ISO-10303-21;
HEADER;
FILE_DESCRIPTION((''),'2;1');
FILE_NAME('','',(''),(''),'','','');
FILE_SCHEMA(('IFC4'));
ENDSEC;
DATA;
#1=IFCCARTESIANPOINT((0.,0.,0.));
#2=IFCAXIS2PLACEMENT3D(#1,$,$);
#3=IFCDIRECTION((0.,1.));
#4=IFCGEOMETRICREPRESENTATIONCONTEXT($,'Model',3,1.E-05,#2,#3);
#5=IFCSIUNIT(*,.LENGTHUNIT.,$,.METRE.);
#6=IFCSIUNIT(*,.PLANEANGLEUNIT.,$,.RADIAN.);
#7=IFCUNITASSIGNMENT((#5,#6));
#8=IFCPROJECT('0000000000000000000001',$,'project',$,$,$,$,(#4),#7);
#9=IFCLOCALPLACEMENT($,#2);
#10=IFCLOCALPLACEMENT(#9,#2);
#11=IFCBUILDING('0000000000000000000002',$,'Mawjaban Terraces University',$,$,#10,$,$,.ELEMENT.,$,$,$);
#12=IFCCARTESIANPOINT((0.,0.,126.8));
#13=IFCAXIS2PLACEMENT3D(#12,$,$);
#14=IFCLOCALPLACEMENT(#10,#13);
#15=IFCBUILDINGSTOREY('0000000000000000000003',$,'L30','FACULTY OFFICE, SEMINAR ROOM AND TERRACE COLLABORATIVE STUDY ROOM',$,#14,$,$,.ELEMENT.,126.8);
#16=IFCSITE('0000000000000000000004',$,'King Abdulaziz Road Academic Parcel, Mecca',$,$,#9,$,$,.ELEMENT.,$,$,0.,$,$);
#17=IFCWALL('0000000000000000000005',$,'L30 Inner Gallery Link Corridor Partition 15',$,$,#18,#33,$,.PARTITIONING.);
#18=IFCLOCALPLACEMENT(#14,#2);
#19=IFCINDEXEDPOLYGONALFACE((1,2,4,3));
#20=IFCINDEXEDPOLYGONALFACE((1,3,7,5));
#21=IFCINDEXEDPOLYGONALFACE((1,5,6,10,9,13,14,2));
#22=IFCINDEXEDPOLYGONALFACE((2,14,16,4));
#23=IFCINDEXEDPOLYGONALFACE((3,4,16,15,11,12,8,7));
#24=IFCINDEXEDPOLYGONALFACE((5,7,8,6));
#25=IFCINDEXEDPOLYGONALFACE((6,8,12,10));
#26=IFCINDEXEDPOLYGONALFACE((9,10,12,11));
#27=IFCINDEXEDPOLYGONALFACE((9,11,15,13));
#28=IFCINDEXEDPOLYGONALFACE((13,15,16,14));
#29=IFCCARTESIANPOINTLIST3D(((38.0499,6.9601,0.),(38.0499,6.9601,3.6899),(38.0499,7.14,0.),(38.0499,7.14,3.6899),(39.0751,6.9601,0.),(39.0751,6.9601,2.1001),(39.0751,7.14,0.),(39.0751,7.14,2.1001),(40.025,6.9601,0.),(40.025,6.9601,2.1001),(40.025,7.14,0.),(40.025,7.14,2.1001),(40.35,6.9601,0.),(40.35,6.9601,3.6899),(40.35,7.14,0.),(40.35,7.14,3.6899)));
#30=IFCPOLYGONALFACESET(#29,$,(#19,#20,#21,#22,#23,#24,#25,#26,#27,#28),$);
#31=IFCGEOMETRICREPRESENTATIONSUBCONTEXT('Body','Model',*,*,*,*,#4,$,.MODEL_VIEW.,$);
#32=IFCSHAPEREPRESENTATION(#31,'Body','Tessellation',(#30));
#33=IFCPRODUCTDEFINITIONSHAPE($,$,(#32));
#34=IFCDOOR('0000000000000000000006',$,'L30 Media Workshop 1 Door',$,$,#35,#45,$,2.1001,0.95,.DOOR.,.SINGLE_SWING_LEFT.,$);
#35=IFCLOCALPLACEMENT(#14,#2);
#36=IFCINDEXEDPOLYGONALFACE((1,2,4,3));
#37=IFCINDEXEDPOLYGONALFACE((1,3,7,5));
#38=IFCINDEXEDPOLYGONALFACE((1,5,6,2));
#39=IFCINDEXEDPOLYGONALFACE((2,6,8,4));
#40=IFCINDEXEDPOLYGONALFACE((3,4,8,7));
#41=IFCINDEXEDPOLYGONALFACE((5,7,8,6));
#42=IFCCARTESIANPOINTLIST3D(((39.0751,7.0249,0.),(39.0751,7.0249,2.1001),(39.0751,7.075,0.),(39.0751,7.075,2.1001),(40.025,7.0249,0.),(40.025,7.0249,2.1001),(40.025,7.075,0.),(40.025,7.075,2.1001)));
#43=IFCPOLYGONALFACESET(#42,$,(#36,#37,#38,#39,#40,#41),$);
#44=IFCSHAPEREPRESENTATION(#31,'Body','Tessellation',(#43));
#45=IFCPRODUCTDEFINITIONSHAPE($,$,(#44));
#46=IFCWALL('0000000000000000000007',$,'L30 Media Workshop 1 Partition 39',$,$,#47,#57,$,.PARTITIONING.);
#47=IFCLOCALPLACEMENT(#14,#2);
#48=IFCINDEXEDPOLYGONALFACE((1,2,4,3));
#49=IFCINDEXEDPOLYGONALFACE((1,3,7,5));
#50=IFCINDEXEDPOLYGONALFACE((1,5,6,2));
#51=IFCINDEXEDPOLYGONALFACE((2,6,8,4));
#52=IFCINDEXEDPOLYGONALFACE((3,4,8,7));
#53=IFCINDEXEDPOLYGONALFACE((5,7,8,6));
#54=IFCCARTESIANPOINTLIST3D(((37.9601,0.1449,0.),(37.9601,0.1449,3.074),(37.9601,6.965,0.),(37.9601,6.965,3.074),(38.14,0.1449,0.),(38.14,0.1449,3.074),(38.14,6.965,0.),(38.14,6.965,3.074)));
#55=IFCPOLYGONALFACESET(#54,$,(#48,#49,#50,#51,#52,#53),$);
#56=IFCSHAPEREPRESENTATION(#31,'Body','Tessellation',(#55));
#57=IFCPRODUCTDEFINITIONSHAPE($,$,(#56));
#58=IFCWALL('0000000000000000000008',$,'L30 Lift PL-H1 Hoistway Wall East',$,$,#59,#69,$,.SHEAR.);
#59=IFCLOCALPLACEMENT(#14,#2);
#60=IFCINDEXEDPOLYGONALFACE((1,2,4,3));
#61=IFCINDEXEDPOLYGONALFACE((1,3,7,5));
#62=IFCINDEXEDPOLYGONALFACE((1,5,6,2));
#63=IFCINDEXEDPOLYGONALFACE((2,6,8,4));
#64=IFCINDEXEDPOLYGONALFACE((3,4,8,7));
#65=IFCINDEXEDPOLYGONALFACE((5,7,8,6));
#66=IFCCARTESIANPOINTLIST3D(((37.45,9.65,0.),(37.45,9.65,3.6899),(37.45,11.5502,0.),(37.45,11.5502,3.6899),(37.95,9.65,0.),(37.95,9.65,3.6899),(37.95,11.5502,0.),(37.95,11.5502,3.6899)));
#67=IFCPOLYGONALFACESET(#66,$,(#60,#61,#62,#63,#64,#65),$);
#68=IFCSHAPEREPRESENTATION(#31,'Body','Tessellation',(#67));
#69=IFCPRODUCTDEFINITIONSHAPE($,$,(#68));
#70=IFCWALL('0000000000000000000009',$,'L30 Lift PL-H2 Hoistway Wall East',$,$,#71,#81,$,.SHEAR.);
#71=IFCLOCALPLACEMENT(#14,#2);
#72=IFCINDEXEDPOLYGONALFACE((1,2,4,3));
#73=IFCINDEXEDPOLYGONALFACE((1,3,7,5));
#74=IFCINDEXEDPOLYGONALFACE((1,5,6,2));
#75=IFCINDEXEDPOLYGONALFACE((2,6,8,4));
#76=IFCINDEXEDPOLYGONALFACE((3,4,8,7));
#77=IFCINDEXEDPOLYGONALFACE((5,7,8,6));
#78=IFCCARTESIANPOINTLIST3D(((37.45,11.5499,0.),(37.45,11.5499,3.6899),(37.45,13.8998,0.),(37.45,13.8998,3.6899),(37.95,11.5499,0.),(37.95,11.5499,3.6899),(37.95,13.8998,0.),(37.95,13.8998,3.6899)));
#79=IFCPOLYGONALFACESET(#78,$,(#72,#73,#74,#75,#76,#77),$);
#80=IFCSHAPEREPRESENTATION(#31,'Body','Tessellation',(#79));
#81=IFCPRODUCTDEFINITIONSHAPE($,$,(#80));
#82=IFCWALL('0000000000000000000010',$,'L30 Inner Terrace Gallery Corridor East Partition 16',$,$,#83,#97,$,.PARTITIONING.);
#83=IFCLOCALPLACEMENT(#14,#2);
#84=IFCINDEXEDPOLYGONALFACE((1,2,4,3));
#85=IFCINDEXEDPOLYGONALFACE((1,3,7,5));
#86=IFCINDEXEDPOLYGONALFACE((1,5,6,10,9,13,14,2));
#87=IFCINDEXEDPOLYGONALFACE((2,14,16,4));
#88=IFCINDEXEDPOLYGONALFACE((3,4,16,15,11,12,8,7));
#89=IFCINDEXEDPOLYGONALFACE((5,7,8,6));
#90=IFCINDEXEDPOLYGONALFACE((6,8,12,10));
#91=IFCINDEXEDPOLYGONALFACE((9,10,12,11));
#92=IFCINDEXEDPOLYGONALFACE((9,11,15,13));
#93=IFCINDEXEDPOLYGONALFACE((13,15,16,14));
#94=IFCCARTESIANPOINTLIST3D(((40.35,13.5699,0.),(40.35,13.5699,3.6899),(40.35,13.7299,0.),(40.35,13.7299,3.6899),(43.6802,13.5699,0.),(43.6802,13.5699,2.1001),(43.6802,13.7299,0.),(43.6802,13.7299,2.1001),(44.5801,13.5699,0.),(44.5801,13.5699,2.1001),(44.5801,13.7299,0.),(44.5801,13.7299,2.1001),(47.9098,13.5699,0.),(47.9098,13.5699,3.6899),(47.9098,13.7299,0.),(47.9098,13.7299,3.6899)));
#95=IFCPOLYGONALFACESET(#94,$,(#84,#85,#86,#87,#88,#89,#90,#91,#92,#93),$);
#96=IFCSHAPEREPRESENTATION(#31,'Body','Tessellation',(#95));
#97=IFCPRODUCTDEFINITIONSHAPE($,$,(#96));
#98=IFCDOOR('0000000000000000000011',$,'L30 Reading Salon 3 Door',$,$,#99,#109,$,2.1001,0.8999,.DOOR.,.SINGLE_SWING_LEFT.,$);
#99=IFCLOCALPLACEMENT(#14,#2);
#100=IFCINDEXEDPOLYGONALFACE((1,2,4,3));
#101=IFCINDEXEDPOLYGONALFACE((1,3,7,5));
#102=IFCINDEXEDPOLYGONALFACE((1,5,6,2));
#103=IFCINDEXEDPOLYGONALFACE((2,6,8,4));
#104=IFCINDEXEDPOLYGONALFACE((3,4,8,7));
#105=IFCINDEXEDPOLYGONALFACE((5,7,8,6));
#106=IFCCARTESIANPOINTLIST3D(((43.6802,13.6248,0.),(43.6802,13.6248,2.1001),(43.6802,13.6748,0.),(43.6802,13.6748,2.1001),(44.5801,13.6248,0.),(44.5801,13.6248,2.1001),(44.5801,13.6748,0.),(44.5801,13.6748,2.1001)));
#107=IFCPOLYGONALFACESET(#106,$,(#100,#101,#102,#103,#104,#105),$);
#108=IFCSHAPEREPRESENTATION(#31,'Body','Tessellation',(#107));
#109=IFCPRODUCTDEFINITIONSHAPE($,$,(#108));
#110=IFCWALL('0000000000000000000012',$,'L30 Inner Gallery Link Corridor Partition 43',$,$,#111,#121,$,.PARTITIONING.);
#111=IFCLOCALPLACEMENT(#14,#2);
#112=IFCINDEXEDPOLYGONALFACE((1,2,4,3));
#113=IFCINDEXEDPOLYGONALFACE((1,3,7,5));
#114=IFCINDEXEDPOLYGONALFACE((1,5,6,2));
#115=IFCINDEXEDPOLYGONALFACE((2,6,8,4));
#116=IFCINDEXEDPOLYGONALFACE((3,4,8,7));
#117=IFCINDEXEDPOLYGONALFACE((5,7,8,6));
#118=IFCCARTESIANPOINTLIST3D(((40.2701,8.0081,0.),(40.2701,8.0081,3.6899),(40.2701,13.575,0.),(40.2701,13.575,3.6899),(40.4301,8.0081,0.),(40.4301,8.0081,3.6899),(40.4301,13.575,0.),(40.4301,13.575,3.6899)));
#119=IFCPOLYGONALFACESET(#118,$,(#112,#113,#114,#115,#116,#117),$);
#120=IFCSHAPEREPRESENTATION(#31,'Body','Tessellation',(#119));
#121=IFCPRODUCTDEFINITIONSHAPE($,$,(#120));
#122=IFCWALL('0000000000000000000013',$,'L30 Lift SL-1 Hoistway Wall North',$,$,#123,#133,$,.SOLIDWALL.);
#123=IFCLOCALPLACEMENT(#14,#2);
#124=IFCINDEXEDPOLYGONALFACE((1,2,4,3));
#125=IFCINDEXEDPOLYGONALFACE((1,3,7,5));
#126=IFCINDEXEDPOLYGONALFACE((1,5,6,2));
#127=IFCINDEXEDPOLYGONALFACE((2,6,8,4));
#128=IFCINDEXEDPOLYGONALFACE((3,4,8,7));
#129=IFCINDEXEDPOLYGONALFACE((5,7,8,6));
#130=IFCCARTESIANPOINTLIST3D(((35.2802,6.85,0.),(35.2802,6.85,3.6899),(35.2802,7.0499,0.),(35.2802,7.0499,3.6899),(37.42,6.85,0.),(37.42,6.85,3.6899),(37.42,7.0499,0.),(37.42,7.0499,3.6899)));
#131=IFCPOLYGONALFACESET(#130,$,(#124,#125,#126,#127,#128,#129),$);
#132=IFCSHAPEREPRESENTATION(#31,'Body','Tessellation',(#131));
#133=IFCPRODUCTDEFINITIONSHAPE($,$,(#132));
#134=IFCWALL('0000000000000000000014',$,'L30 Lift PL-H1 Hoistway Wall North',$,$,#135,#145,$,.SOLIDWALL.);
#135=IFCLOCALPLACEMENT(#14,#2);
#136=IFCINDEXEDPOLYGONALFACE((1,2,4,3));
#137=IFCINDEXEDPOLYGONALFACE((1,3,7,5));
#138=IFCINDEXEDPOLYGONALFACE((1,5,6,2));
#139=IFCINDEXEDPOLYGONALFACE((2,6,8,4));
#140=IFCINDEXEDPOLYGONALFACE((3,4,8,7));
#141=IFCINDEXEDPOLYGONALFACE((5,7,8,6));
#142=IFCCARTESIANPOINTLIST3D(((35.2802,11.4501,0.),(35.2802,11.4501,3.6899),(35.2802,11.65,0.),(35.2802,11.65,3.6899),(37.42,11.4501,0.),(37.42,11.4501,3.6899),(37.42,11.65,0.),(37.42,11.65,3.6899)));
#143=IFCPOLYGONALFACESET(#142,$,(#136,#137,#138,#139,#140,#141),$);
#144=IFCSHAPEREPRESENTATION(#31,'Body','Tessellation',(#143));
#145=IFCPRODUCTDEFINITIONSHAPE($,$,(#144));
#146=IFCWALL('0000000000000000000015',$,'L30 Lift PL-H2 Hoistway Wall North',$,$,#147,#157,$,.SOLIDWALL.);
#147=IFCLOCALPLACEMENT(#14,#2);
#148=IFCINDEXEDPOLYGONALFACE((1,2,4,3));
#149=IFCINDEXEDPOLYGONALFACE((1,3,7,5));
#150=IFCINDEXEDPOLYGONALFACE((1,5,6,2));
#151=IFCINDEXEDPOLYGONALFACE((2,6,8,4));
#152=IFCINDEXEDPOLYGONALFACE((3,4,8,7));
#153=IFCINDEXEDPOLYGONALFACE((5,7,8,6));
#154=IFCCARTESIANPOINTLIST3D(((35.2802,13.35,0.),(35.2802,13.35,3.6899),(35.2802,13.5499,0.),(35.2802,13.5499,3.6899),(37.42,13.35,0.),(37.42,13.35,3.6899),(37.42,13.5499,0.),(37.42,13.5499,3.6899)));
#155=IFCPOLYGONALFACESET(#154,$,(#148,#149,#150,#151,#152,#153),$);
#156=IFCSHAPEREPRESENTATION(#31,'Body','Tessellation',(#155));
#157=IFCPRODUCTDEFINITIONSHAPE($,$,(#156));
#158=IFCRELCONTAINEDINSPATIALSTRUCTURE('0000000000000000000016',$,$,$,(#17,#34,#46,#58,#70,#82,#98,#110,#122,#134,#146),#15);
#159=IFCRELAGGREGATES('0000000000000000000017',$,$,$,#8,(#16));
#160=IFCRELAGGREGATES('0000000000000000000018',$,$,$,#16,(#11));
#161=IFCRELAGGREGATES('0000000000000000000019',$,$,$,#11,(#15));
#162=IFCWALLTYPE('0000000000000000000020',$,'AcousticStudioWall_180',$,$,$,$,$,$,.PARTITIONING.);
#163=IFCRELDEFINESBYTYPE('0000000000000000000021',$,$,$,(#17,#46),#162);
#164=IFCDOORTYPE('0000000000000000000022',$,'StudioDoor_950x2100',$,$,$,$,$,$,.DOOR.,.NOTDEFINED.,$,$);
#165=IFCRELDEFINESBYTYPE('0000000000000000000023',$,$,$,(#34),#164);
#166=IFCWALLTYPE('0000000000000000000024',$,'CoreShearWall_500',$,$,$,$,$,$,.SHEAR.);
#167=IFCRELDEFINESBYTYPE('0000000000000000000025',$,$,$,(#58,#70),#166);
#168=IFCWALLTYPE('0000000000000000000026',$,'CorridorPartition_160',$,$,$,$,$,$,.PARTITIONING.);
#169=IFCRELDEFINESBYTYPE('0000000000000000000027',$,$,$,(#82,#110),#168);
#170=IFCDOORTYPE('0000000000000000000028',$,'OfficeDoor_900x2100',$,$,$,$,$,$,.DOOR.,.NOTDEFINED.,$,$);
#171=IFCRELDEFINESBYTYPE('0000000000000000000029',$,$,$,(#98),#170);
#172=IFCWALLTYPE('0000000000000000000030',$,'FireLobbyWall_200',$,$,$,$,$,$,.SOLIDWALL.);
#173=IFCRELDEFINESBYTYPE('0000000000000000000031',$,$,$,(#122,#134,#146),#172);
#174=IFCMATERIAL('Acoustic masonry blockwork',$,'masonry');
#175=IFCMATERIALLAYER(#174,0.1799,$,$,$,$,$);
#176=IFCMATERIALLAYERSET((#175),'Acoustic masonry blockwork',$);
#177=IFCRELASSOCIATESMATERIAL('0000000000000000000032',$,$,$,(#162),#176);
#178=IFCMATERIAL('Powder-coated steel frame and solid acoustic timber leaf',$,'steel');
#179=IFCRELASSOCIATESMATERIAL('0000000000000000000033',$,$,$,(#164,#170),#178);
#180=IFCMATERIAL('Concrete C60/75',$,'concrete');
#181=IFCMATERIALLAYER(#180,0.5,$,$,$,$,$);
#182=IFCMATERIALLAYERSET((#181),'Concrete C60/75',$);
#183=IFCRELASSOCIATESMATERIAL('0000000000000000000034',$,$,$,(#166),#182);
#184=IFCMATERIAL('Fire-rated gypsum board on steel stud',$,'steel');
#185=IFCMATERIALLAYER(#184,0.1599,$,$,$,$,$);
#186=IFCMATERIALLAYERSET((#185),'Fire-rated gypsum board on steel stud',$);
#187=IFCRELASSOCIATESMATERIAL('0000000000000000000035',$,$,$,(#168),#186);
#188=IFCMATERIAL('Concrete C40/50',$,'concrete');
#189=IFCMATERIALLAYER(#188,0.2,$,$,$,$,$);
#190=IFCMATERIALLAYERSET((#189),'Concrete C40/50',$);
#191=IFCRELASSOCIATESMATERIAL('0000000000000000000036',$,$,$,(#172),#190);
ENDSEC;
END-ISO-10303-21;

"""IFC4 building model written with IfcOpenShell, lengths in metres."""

from ifc_helpers import new_model, si_unit, direction, frame, frame_2d, origin, place, context, subcontext, project, spatial, rectangle, extrude, material, layer, layer_set, type_object, element, fill, save


model = new_model("IFC4")

# Units and contexts
model_context = context("Model", 3, precision=1e-05, world=origin(), true_north=direction((0.0, 1.0)))
body_context = subcontext(model_context, "Body", "Model", "MODEL_VIEW")
ifc_project = project(units=[si_unit("LENGTHUNIT", "METRE"), si_unit("PLANEANGLEUNIT", "RADIAN")], contexts=[model_context])

# Site, building, storey
site_placement = place(None, origin())
site = spatial("IfcSite", under=ifc_project, at=site_placement, Name="King Abdulaziz Road Academic Parcel, Mecca", CompositionType="ELEMENT", RefElevation=0.0)
building_placement = place(site_placement, origin())
building = spatial("IfcBuilding", under=site, at=building_placement, Name="Mawjaban Terraces University", CompositionType="ELEMENT")
storey_placement = place(building_placement, frame((0.0, 0.0, 126.8)))
storey = spatial("IfcBuildingStorey", under=building, at=storey_placement, Name="L30", Description="FACULTY OFFICE, SEMINAR ROOM AND TERRACE COLLABORATIVE STUDY ROOM", CompositionType="ELEMENT", Elevation=126.8)

# Shared definitions
ifc_material_1 = material(Name="Concrete C60/75", Category="concrete")

# Wall, opening, door
ifc_material_2 = material(Name="Acoustic masonry blockwork", Category="masonry")
ifc_layer_1 = layer(ifc_material_2, 0.1799)
ifc_layer_set_1 = layer_set([ifc_layer_1], Name="Acoustic masonry blockwork")
wall_type_1 = type_object("IfcWallType", Name="AcousticStudioWall_180", PredefinedType="PARTITIONING", material=ifc_layer_set_1)
wall_1_placement = place(storey_placement, frame((38.05, 7.05, 0.0), z_axis=(0.0, 0.0, 1.0), x_axis=(1.0, 0.0, 0.0)))
wall_1 = element("IfcWall", 1, at=wall_1_placement, inside=storey, type_object=wall_type_1, Name="L30 Inner Gallery Link Corridor Partition 15", PredefinedType="PARTITIONING", context=body_context, shape_type="SweptSolid", body=[
    extrude(rectangle(XDim=2.3, YDim=0.1799, at=frame_2d((1.1499, 0.0))), origin(), (0.0, 0.0, 1.0), 3.6899),
])
opening_1_placement = place(wall_1_placement, frame((1.0249, 0.0, 0.0)))
opening_1 = element("IfcOpeningElement", 2, at=opening_1_placement, cuts=wall_1, PredefinedType="OPENING", context=body_context, shape_type="SweptSolid", body=[
    extrude(rectangle(XDim=0.95, YDim=2.1001, at=frame_2d((0.4751, 1.05))), frame((0.0, 0.0999, 0.0), z_axis=(0.0, -1.0, 0.0), x_axis=(1.0, 0.0, 0.0)), (0.0, 0.0, 1.0), 0.2),
])
ifc_material_3 = material(Name="Powder-coated steel frame and solid acoustic timber leaf", Category="steel")
door_type_1 = type_object("IfcDoorType", Name="StudioDoor_950x2100", OperationType="NOTDEFINED", PredefinedType="DOOR", material=ifc_material_3)
door_1_placement = place(opening_1_placement, origin())
door_1 = element("IfcDoor", 3, at=door_1_placement, inside=storey, type_object=door_type_1, Name="L30 Media Workshop 1 Door", OperationType="SINGLE_SWING_LEFT", OverallHeight=2.1001, OverallWidth=0.95, PredefinedType="DOOR", context=body_context, shape_type="SweptSolid", body=[
    extrude(rectangle(XDim=0.95, YDim=2.1001, at=frame_2d((0.4751, 1.05))), frame((0.0, 0.0249, 0.0), z_axis=(0.0, -1.0, 0.0), x_axis=(1.0, 0.0, 0.0)), (0.0, 0.0, 1.0), 0.05),
])
fill(opening_1, door_1)

# Walls
wall_2_placement = place(storey_placement, frame((38.05, 6.9651, 0.0), z_axis=(0.0, 0.0, 1.0), x_axis=(0.0, -1.0, 0.0)))
element("IfcWall", 4, at=wall_2_placement, inside=storey, type_object=wall_type_1, Name="L30 Media Workshop 1 Partition 39", PredefinedType="PARTITIONING", context=body_context, shape_type="SweptSolid", body=[
    extrude(rectangle(XDim=6.8201, YDim=0.1799, at=frame_2d((3.4102, 0.0))), origin(), (0.0, 0.0, 1.0), 3.074),
])
ifc_layer_2 = layer(ifc_material_1, 0.5)
ifc_layer_set_2 = layer_set([ifc_layer_2], Name="Concrete C60/75")
wall_type_2 = type_object("IfcWallType", Name="CoreShearWall_500", PredefinedType="SHEAR", material=ifc_layer_set_2)
wall_3_placement = place(storey_placement, frame((37.7, 9.6499, 0.0), z_axis=(0.0, 0.0, 1.0), x_axis=(0.0, 1.0, 0.0)))
element("IfcWall", 5, at=wall_3_placement, inside=storey, type_object=wall_type_2, Name="L30 Lift PL-H1 Hoistway Wall East", PredefinedType="SHEAR", context=body_context, shape_type="SweptSolid", body=[
    extrude(rectangle(XDim=1.9001, YDim=0.5, at=frame_2d((0.9502, 0.0))), origin(), (0.0, 0.0, 1.0), 3.6899),
])
wall_4_placement = place(storey_placement, frame((37.7, 11.55, 0.0), z_axis=(0.0, 0.0, 1.0), x_axis=(0.0, 1.0, 0.0)))
element("IfcWall", 6, at=wall_4_placement, inside=storey, type_object=wall_type_2, Name="L30 Lift PL-H2 Hoistway Wall East", PredefinedType="SHEAR", context=body_context, shape_type="SweptSolid", body=[
    extrude(rectangle(XDim=2.3499, YDim=0.5, at=frame_2d((1.1748, 0.0))), origin(), (0.0, 0.0, 1.0), 3.6899),
])

# Wall, opening, door
ifc_material_4 = material(Name="Fire-rated gypsum board on steel stud", Category="steel")
ifc_layer_3 = layer(ifc_material_4, 0.1599)
ifc_layer_set_3 = layer_set([ifc_layer_3], Name="Fire-rated gypsum board on steel stud")
wall_type_3 = type_object("IfcWallType", Name="CorridorPartition_160", PredefinedType="PARTITIONING", material=ifc_layer_set_3)
wall_5_placement = place(storey_placement, frame((40.3501, 13.6499, 0.0), z_axis=(0.0, 0.0, 1.0), x_axis=(1.0, 0.0, 0.0)))
wall_5 = element("IfcWall", 7, at=wall_5_placement, inside=storey, type_object=wall_type_3, Name="L30 Inner Terrace Gallery Corridor East Partition 16", PredefinedType="PARTITIONING", context=body_context, shape_type="SweptSolid", body=[
    extrude(rectangle(XDim=7.5598, YDim=0.1599, at=frame_2d((3.7798, 0.0))), origin(), (0.0, 0.0, 1.0), 3.6899),
])
opening_2_placement = place(wall_5_placement, frame((3.3301, 0.0, 0.0)))
opening_2 = element("IfcOpeningElement", 8, at=opening_2_placement, cuts=wall_5, PredefinedType="OPENING", context=body_context, shape_type="SweptSolid", body=[
    extrude(rectangle(XDim=0.8999, YDim=2.1001, at=frame_2d((0.45, 1.05))), frame((0.0, 0.0898, 0.0), z_axis=(0.0, -1.0, 0.0), x_axis=(1.0, 0.0, 0.0)), (0.0, 0.0, 1.0), 0.1799),
])
door_type_2 = type_object("IfcDoorType", Name="OfficeDoor_900x2100", OperationType="NOTDEFINED", PredefinedType="DOOR", material=ifc_material_3)
door_2_placement = place(opening_2_placement, origin())
door_2 = element("IfcDoor", 9, at=door_2_placement, inside=storey, type_object=door_type_2, Name="L30 Reading Salon 3 Door", OperationType="SINGLE_SWING_LEFT", OverallHeight=2.1001, OverallWidth=0.8999, PredefinedType="DOOR", context=body_context, shape_type="SweptSolid", body=[
    extrude(rectangle(XDim=0.8999, YDim=2.1001, at=frame_2d((0.45, 1.05))), frame((0.0, 0.0249, 0.0), z_axis=(0.0, -1.0, 0.0), x_axis=(1.0, 0.0, 0.0)), (0.0, 0.0, 1.0), 0.05),
])
fill(opening_2, door_2)

# Walls
wall_6_placement = place(storey_placement, frame((40.3501, 8.0081, 0.0), z_axis=(0.0, 0.0, 1.0), x_axis=(0.0, 1.0, 0.0)))
element("IfcWall", 10, at=wall_6_placement, inside=storey, type_object=wall_type_3, Name="L30 Inner Gallery Link Corridor Partition 43", PredefinedType="PARTITIONING", context=body_context, shape_type="SweptSolid", body=[
    extrude(rectangle(XDim=5.5669, YDim=0.1599, at=frame_2d((2.7834, 0.0))), origin(), (0.0, 0.0, 1.0), 3.6899),
])
ifc_material_5 = material(Name="Concrete C40/50", Category="concrete")
ifc_layer_4 = layer(ifc_material_5, 0.2)
ifc_layer_set_4 = layer_set([ifc_layer_4], Name="Concrete C40/50")
wall_type_4 = type_object("IfcWallType", Name="FireLobbyWall_200", PredefinedType="SOLIDWALL", material=ifc_layer_set_4)
for number, where, z_axis, x_axis, name in (
    (11, (37.4199, 6.95, 0.0), (0.0, 0.0, 1.0), (-1.0, 0.0, 0.0), "L30 Lift SL-1 Hoistway Wall North"),
    (12, (37.4199, 11.55, 0.0), (0.0, 0.0, 1.0), (-1.0, 0.0, 0.0), "L30 Lift PL-H1 Hoistway Wall North"),
    (13, (37.4199, 13.45, 0.0), (0.0, 0.0, 1.0), (-1.0, 0.0, 0.0), "L30 Lift PL-H2 Hoistway Wall North"),
):
    element("IfcWall", number, at=place(storey_placement, frame(where, z_axis=z_axis, x_axis=x_axis)), inside=storey, type_object=wall_type_4, Name=name, PredefinedType="SOLIDWALL", context=body_context, shape_type="SweptSolid", body=[
        extrude(rectangle(XDim=2.1399, YDim=0.2, at=frame_2d((1.0698, 0.0))), origin(), (0.0, 0.0, 1.0), 3.6899),
    ])

save(model, "model.ifc")
